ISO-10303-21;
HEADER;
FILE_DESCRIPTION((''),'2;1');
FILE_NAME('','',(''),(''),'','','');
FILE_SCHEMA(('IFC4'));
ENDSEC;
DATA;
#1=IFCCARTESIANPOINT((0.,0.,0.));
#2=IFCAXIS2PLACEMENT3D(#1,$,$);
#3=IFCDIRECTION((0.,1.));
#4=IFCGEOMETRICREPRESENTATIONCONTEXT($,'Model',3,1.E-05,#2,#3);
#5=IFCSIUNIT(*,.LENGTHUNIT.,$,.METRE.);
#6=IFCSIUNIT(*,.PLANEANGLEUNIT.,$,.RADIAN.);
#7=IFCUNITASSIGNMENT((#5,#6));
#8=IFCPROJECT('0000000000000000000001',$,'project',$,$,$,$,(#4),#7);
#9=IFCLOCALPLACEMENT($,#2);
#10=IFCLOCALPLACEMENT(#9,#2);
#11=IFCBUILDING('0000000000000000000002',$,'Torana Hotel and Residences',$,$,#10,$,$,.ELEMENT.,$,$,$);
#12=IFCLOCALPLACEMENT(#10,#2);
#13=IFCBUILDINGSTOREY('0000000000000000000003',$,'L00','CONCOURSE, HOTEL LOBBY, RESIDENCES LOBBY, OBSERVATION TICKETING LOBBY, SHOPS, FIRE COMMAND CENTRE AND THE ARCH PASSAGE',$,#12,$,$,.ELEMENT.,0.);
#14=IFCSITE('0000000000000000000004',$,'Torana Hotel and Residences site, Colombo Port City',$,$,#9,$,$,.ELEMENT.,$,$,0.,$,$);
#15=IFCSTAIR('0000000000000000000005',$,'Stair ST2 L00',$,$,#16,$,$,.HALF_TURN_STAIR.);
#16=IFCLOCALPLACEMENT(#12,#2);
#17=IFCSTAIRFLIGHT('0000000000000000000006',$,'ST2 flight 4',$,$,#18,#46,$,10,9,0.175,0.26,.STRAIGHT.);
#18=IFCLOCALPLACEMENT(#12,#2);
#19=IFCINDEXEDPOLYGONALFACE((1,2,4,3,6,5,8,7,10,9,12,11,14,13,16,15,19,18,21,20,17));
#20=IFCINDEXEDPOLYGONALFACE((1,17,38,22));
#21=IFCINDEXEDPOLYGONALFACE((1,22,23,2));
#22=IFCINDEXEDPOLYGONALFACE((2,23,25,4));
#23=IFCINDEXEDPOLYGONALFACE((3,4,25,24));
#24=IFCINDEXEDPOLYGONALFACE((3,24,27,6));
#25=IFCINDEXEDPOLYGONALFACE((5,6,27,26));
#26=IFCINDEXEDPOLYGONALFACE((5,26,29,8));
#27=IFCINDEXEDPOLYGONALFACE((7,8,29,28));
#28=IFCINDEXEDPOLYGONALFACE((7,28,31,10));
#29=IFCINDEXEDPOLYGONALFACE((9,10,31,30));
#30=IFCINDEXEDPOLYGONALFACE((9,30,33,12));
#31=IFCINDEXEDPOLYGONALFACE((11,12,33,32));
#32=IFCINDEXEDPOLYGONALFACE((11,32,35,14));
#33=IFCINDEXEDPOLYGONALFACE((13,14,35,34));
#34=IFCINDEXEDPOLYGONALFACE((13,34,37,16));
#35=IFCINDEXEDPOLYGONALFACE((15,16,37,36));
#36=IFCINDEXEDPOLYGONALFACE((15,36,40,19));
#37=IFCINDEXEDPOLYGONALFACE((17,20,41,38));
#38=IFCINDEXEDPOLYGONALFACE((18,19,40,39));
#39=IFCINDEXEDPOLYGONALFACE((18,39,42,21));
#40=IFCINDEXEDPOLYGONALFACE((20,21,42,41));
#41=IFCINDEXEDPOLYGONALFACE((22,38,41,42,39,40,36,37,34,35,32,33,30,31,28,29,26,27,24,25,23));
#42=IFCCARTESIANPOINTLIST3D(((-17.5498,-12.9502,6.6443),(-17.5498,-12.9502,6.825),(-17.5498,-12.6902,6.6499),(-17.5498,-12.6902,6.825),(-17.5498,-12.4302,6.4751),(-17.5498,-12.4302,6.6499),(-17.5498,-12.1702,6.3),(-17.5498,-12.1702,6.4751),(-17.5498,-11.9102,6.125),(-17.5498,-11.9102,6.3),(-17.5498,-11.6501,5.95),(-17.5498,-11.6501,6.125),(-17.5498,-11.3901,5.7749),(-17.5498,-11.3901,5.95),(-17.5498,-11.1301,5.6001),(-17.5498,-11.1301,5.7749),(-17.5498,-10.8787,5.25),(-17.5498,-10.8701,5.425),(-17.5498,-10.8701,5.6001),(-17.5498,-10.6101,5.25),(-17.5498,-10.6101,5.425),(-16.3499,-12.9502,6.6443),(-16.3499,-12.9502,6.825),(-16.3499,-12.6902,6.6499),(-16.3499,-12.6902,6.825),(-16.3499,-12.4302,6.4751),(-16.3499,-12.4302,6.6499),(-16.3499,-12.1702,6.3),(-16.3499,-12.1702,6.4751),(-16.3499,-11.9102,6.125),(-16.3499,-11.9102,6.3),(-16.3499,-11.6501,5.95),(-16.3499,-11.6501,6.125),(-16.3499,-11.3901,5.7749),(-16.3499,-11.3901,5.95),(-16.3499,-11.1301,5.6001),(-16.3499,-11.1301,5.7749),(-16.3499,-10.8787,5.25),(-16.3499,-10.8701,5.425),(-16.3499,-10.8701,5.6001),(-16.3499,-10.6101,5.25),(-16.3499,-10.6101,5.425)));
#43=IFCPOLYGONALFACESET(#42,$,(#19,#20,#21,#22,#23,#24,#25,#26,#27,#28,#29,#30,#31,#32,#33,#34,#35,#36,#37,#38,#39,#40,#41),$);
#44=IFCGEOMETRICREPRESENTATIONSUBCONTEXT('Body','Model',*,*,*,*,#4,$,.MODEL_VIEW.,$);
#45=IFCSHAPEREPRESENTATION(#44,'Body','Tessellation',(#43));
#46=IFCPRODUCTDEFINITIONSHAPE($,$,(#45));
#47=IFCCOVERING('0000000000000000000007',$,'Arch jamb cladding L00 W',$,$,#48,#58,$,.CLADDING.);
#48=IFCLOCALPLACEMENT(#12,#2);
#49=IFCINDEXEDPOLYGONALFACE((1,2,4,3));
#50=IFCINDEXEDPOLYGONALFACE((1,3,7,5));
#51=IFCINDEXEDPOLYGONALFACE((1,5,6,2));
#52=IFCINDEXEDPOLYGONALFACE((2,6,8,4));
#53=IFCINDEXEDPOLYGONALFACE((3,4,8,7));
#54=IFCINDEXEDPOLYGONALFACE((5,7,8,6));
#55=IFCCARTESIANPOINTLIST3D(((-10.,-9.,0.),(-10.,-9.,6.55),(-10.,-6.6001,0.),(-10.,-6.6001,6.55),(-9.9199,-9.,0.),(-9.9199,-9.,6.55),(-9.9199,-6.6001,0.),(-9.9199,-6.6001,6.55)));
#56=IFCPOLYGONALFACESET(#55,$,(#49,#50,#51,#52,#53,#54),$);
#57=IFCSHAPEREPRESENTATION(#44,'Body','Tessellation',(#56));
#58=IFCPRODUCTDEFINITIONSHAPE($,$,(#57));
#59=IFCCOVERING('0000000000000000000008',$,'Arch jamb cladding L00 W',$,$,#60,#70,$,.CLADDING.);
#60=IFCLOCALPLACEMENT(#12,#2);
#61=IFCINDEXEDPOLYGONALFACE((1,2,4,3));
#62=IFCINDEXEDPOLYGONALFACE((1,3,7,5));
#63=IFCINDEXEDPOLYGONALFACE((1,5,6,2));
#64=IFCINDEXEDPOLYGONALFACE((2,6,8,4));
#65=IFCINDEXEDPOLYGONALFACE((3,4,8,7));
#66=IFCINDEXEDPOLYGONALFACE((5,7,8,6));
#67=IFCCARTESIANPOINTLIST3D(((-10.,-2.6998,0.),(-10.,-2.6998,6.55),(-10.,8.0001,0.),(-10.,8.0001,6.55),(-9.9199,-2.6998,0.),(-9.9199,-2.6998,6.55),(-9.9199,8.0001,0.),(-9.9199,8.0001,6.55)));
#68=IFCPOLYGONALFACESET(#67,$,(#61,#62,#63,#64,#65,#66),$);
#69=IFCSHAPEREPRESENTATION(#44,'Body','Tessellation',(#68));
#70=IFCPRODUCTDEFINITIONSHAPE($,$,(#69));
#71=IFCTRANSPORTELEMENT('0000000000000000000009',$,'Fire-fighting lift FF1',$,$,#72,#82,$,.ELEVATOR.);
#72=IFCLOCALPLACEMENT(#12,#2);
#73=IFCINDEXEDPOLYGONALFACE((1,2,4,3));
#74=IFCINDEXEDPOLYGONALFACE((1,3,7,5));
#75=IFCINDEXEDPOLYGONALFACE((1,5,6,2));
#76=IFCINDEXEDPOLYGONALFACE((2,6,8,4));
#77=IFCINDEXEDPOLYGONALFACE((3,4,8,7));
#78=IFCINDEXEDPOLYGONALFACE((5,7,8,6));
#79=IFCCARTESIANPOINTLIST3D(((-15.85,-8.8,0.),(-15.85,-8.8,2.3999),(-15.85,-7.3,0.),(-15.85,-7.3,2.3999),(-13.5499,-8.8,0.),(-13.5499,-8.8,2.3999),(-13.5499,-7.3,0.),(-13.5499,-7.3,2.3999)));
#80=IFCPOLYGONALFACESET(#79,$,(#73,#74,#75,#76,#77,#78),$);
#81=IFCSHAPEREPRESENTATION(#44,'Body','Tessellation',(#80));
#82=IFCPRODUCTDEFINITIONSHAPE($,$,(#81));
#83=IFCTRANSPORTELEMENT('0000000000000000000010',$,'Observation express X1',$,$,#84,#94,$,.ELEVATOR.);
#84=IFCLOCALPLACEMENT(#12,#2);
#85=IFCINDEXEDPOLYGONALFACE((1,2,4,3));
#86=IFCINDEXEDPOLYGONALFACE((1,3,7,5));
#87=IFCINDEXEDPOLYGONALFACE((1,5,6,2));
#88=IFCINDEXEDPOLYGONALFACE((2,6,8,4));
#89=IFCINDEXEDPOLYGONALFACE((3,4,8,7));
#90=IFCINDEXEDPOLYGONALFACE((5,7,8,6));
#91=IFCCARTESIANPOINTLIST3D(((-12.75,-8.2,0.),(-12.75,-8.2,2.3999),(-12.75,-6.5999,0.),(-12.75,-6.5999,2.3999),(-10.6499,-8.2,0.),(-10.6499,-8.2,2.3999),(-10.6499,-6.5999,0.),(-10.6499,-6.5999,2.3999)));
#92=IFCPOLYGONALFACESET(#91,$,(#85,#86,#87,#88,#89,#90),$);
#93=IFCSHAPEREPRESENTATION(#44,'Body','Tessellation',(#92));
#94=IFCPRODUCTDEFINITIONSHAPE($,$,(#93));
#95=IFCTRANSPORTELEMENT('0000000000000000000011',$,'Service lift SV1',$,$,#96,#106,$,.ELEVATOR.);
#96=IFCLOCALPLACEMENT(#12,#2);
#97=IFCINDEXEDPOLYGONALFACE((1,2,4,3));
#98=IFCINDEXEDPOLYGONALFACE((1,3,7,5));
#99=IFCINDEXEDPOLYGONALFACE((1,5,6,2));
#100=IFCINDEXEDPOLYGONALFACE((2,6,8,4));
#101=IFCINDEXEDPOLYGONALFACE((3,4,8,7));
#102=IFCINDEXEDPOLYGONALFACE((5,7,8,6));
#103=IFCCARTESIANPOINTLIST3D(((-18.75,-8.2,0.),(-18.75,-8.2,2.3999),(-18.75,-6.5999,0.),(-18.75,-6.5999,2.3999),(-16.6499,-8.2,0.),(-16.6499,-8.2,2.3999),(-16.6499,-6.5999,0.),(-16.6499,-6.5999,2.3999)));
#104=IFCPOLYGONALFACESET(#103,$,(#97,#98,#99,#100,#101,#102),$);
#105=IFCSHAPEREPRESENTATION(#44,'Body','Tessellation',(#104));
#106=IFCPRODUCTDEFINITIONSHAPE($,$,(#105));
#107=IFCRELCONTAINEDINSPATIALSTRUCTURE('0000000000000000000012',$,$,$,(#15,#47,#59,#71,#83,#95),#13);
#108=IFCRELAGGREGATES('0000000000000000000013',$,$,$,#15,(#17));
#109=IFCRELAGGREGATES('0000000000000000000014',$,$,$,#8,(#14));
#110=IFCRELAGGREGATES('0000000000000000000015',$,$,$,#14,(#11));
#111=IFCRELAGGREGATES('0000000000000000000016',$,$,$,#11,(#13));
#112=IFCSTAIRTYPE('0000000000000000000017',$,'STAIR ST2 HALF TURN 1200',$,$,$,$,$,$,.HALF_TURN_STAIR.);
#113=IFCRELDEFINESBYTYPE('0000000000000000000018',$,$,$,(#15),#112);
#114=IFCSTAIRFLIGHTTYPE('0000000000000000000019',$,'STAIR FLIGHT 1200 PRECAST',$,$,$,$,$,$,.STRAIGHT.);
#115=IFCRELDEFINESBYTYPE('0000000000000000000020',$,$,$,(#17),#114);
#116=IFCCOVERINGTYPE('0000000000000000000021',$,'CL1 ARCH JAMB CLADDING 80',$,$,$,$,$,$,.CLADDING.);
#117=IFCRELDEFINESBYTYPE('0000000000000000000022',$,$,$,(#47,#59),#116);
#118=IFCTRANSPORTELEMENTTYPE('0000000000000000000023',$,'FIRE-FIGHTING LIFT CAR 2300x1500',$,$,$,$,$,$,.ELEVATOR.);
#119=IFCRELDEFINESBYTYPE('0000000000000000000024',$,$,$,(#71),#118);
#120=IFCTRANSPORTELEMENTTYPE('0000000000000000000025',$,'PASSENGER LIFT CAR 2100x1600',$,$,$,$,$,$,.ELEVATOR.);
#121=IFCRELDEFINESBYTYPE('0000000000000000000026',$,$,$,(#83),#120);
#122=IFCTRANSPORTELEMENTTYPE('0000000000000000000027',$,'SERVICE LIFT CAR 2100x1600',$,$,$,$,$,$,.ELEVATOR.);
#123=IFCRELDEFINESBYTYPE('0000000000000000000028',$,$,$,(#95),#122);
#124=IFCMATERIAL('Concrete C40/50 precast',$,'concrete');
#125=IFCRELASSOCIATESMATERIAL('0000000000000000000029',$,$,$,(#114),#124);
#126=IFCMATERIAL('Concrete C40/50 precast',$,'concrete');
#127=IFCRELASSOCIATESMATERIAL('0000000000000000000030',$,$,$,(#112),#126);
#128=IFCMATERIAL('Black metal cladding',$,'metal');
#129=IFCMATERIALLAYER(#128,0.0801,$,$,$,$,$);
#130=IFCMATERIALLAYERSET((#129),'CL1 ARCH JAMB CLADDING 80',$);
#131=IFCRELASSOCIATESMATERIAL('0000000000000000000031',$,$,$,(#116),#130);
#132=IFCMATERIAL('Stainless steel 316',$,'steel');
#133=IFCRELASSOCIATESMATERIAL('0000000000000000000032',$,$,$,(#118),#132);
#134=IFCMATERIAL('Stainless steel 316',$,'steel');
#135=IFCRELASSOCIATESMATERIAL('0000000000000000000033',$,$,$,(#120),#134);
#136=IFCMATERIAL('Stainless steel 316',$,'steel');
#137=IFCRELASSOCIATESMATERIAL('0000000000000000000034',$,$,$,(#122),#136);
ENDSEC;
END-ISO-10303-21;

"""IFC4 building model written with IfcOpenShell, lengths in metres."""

from ifc_helpers import new_model, si_unit, direction, frame, frame_2d, origin, origin_2d, place, context, subcontext, project, spatial, polyline, rectangle, outline, extrude, material, layer, layer_set, type_object, element, aggregate, save


model = new_model("IFC4")

# Units and contexts
model_context = context("Model", 3, precision=1e-05, world=origin(), true_north=direction((0.0, 1.0)))
body_context = subcontext(model_context, "Body", "Model", "MODEL_VIEW")
ifc_project = project(units=[si_unit("LENGTHUNIT", "METRE"), si_unit("PLANEANGLEUNIT", "RADIAN")], contexts=[model_context])

# Site, building, storey
site_placement = place(None, origin())
site = spatial("IfcSite", under=ifc_project, at=site_placement, Name="Torana Hotel and Residences site, Colombo Port City", CompositionType="ELEMENT", RefElevation=0.0)
building_placement = place(site_placement, origin())
building = spatial("IfcBuilding", under=site, at=building_placement, Name="Torana Hotel and Residences", CompositionType="ELEMENT")
storey_placement = place(building_placement, origin())
storey = spatial("IfcBuildingStorey", under=building, at=storey_placement, Name="L00", Description="CONCOURSE, HOTEL LOBBY, RESIDENCES LOBBY, OBSERVATION TICKETING LOBBY, SHOPS, FIRE COMMAND CENTRE AND THE ARCH PASSAGE", CompositionType="ELEMENT", Elevation=0.0)

# Stair, stair flight
ifc_material_1 = material(Name="Concrete C40/50 precast", Category="concrete")
stair_flight_type = type_object("IfcStairFlightType", Name="STAIR FLIGHT 1200 PRECAST", PredefinedType="STRAIGHT", material=ifc_material_1)
ifc_material_2 = material(Name="Concrete C40/50 precast", Category="concrete")
stair_type_1 = type_object("IfcStairType", Name="STAIR ST2 HALF TURN 1200", PredefinedType="HALF_TURN_STAIR", material=ifc_material_2)
stair_1_placement = place(storey_placement, origin())
stair_1 = element("IfcStair", 1, at=stair_1_placement, inside=storey, type_object=stair_type_1, Name="Stair ST2 L00", PredefinedType="HALF_TURN_STAIR")
stair_flight_1_placement = place(storey_placement, frame((-16.95, -10.6101, 5.25), z_axis=(0.0, 0.0, 1.0), x_axis=(0.0, -1.0, 0.0)))
stair_flight_1 = element("IfcStairFlight", 2, at=stair_flight_1_placement, type_object=stair_flight_type, Name="ST2 flight 4", NumberOfRisers=10, NumberOfTreads=9, PredefinedType="STRAIGHT", RiserHeight=0.175, TreadLength=0.26, context=body_context, shape_type="SweptSolid", body=[
    extrude(outline(polyline([(0.0, 0.0), (0.0, 0.175), (0.26, 0.175), (0.26, 0.3501), (0.52, 0.3501), (0.52, 0.5249), (0.78, 0.5249), (0.78, 0.7), (1.04, 0.7), (1.04, 0.875), (1.3, 0.875), (1.3, 1.05), (1.5601, 1.05), (1.5601, 1.2251), (1.8201, 1.2251), (1.8201, 1.3999), (2.0801, 1.3999), (2.0801, 1.575), (2.3401, 1.575), (2.3401, 1.75), (2.3401, 1.3943), (0.2686, 0.0), (0.0, 0.0)])), frame((0.0, 0.6001, 0.0), z_axis=(0.0, -1.0, 0.0), x_axis=(1.0, 0.0, 0.0)), (0.0, 0.0, 1.0), 1.2),
])
aggregate(stair_1, [stair_flight_1])

# Coverings
ifc_material_3 = material(Name="Black metal cladding", Category="metal")
ifc_layer_1 = layer(ifc_material_3, 0.0801)
ifc_layer_set_1 = layer_set([ifc_layer_1], Name="CL1 ARCH JAMB CLADDING 80")
covering_type = type_object("IfcCoveringType", Name="CL1 ARCH JAMB CLADDING 80", PredefinedType="CLADDING", material=ifc_layer_set_1)
covering_1_placement = place(storey_placement, frame((-9.96, -9.0, 0.0), z_axis=(0.0, 0.0, 1.0), x_axis=(0.0, 1.0, 0.0)))
element("IfcCovering", 3, at=covering_1_placement, inside=storey, type_object=covering_type, Name="Arch jamb cladding L00 W", PredefinedType="CLADDING", context=body_context, shape_type="SweptSolid", body=[
    extrude(rectangle(XDim=2.3999, YDim=0.0801, at=frame_2d((1.2, 0.0))), origin(), (0.0, 0.0, 1.0), 6.55),
])
covering_2_placement = place(storey_placement, frame((-9.96, -2.7, 0.0), z_axis=(0.0, 0.0, 1.0), x_axis=(0.0, 1.0, 0.0)))
element("IfcCovering", 4, at=covering_2_placement, inside=storey, type_object=covering_type, Name="Arch jamb cladding L00 W", PredefinedType="CLADDING", context=body_context, shape_type="SweptSolid", body=[
    extrude(rectangle(XDim=10.7, YDim=0.0801, at=frame_2d((5.3501, 0.0))), origin(), (0.0, 0.0, 1.0), 6.55),
])

# Transport elements
ifc_material_4 = material(Name="Stainless steel 316", Category="steel")
transport_element_type_1 = type_object("IfcTransportElementType", Name="FIRE-FIGHTING LIFT CAR 2300x1500", PredefinedType="ELEVATOR", material=ifc_material_4)
transport_element_1_placement = place(storey_placement, frame((-14.7, -8.05, 0.0), z_axis=(0.0, 0.0, 1.0), x_axis=(1.0, 0.0, 0.0)))
element("IfcTransportElement", 5, at=transport_element_1_placement, inside=storey, type_object=transport_element_type_1, Name="Fire-fighting lift FF1", PredefinedType="ELEVATOR", context=body_context, shape_type="SweptSolid", body=[
    extrude(rectangle(XDim=2.3, YDim=1.5, at=origin_2d()), origin(), (0.0, 0.0, 1.0), 2.3999),
])
ifc_material_5 = material(Name="Stainless steel 316", Category="steel")
transport_element_type_2 = type_object("IfcTransportElementType", Name="PASSENGER LIFT CAR 2100x1600", PredefinedType="ELEVATOR", material=ifc_material_5)
transport_element_2_placement = place(storey_placement, frame((-11.7, -7.3999, 0.0), z_axis=(0.0, 0.0, 1.0), x_axis=(1.0, 0.0, 0.0)))
element("IfcTransportElement", 6, at=transport_element_2_placement, inside=storey, type_object=transport_element_type_2, Name="Observation express X1", PredefinedType="ELEVATOR", context=body_context, shape_type="SweptSolid", body=[
    extrude(rectangle(XDim=2.1001, YDim=1.6001, at=origin_2d()), origin(), (0.0, 0.0, 1.0), 2.3999),
])
ifc_material_6 = material(Name="Stainless steel 316", Category="steel")
transport_element_type_3 = type_object("IfcTransportElementType", Name="SERVICE LIFT CAR 2100x1600", PredefinedType="ELEVATOR", material=ifc_material_6)
transport_element_3_placement = place(storey_placement, frame((-17.7, -7.3999, 0.0), z_axis=(0.0, 0.0, 1.0), x_axis=(1.0, 0.0, 0.0)))
element("IfcTransportElement", 7, at=transport_element_3_placement, inside=storey, type_object=transport_element_type_3, Name="Service lift SV1", PredefinedType="ELEVATOR", context=body_context, shape_type="SweptSolid", body=[
    extrude(rectangle(XDim=2.1001, YDim=1.6001, at=origin_2d()), origin(), (0.0, 0.0, 1.0), 2.3999),
])

save(model, "model.ifc")
